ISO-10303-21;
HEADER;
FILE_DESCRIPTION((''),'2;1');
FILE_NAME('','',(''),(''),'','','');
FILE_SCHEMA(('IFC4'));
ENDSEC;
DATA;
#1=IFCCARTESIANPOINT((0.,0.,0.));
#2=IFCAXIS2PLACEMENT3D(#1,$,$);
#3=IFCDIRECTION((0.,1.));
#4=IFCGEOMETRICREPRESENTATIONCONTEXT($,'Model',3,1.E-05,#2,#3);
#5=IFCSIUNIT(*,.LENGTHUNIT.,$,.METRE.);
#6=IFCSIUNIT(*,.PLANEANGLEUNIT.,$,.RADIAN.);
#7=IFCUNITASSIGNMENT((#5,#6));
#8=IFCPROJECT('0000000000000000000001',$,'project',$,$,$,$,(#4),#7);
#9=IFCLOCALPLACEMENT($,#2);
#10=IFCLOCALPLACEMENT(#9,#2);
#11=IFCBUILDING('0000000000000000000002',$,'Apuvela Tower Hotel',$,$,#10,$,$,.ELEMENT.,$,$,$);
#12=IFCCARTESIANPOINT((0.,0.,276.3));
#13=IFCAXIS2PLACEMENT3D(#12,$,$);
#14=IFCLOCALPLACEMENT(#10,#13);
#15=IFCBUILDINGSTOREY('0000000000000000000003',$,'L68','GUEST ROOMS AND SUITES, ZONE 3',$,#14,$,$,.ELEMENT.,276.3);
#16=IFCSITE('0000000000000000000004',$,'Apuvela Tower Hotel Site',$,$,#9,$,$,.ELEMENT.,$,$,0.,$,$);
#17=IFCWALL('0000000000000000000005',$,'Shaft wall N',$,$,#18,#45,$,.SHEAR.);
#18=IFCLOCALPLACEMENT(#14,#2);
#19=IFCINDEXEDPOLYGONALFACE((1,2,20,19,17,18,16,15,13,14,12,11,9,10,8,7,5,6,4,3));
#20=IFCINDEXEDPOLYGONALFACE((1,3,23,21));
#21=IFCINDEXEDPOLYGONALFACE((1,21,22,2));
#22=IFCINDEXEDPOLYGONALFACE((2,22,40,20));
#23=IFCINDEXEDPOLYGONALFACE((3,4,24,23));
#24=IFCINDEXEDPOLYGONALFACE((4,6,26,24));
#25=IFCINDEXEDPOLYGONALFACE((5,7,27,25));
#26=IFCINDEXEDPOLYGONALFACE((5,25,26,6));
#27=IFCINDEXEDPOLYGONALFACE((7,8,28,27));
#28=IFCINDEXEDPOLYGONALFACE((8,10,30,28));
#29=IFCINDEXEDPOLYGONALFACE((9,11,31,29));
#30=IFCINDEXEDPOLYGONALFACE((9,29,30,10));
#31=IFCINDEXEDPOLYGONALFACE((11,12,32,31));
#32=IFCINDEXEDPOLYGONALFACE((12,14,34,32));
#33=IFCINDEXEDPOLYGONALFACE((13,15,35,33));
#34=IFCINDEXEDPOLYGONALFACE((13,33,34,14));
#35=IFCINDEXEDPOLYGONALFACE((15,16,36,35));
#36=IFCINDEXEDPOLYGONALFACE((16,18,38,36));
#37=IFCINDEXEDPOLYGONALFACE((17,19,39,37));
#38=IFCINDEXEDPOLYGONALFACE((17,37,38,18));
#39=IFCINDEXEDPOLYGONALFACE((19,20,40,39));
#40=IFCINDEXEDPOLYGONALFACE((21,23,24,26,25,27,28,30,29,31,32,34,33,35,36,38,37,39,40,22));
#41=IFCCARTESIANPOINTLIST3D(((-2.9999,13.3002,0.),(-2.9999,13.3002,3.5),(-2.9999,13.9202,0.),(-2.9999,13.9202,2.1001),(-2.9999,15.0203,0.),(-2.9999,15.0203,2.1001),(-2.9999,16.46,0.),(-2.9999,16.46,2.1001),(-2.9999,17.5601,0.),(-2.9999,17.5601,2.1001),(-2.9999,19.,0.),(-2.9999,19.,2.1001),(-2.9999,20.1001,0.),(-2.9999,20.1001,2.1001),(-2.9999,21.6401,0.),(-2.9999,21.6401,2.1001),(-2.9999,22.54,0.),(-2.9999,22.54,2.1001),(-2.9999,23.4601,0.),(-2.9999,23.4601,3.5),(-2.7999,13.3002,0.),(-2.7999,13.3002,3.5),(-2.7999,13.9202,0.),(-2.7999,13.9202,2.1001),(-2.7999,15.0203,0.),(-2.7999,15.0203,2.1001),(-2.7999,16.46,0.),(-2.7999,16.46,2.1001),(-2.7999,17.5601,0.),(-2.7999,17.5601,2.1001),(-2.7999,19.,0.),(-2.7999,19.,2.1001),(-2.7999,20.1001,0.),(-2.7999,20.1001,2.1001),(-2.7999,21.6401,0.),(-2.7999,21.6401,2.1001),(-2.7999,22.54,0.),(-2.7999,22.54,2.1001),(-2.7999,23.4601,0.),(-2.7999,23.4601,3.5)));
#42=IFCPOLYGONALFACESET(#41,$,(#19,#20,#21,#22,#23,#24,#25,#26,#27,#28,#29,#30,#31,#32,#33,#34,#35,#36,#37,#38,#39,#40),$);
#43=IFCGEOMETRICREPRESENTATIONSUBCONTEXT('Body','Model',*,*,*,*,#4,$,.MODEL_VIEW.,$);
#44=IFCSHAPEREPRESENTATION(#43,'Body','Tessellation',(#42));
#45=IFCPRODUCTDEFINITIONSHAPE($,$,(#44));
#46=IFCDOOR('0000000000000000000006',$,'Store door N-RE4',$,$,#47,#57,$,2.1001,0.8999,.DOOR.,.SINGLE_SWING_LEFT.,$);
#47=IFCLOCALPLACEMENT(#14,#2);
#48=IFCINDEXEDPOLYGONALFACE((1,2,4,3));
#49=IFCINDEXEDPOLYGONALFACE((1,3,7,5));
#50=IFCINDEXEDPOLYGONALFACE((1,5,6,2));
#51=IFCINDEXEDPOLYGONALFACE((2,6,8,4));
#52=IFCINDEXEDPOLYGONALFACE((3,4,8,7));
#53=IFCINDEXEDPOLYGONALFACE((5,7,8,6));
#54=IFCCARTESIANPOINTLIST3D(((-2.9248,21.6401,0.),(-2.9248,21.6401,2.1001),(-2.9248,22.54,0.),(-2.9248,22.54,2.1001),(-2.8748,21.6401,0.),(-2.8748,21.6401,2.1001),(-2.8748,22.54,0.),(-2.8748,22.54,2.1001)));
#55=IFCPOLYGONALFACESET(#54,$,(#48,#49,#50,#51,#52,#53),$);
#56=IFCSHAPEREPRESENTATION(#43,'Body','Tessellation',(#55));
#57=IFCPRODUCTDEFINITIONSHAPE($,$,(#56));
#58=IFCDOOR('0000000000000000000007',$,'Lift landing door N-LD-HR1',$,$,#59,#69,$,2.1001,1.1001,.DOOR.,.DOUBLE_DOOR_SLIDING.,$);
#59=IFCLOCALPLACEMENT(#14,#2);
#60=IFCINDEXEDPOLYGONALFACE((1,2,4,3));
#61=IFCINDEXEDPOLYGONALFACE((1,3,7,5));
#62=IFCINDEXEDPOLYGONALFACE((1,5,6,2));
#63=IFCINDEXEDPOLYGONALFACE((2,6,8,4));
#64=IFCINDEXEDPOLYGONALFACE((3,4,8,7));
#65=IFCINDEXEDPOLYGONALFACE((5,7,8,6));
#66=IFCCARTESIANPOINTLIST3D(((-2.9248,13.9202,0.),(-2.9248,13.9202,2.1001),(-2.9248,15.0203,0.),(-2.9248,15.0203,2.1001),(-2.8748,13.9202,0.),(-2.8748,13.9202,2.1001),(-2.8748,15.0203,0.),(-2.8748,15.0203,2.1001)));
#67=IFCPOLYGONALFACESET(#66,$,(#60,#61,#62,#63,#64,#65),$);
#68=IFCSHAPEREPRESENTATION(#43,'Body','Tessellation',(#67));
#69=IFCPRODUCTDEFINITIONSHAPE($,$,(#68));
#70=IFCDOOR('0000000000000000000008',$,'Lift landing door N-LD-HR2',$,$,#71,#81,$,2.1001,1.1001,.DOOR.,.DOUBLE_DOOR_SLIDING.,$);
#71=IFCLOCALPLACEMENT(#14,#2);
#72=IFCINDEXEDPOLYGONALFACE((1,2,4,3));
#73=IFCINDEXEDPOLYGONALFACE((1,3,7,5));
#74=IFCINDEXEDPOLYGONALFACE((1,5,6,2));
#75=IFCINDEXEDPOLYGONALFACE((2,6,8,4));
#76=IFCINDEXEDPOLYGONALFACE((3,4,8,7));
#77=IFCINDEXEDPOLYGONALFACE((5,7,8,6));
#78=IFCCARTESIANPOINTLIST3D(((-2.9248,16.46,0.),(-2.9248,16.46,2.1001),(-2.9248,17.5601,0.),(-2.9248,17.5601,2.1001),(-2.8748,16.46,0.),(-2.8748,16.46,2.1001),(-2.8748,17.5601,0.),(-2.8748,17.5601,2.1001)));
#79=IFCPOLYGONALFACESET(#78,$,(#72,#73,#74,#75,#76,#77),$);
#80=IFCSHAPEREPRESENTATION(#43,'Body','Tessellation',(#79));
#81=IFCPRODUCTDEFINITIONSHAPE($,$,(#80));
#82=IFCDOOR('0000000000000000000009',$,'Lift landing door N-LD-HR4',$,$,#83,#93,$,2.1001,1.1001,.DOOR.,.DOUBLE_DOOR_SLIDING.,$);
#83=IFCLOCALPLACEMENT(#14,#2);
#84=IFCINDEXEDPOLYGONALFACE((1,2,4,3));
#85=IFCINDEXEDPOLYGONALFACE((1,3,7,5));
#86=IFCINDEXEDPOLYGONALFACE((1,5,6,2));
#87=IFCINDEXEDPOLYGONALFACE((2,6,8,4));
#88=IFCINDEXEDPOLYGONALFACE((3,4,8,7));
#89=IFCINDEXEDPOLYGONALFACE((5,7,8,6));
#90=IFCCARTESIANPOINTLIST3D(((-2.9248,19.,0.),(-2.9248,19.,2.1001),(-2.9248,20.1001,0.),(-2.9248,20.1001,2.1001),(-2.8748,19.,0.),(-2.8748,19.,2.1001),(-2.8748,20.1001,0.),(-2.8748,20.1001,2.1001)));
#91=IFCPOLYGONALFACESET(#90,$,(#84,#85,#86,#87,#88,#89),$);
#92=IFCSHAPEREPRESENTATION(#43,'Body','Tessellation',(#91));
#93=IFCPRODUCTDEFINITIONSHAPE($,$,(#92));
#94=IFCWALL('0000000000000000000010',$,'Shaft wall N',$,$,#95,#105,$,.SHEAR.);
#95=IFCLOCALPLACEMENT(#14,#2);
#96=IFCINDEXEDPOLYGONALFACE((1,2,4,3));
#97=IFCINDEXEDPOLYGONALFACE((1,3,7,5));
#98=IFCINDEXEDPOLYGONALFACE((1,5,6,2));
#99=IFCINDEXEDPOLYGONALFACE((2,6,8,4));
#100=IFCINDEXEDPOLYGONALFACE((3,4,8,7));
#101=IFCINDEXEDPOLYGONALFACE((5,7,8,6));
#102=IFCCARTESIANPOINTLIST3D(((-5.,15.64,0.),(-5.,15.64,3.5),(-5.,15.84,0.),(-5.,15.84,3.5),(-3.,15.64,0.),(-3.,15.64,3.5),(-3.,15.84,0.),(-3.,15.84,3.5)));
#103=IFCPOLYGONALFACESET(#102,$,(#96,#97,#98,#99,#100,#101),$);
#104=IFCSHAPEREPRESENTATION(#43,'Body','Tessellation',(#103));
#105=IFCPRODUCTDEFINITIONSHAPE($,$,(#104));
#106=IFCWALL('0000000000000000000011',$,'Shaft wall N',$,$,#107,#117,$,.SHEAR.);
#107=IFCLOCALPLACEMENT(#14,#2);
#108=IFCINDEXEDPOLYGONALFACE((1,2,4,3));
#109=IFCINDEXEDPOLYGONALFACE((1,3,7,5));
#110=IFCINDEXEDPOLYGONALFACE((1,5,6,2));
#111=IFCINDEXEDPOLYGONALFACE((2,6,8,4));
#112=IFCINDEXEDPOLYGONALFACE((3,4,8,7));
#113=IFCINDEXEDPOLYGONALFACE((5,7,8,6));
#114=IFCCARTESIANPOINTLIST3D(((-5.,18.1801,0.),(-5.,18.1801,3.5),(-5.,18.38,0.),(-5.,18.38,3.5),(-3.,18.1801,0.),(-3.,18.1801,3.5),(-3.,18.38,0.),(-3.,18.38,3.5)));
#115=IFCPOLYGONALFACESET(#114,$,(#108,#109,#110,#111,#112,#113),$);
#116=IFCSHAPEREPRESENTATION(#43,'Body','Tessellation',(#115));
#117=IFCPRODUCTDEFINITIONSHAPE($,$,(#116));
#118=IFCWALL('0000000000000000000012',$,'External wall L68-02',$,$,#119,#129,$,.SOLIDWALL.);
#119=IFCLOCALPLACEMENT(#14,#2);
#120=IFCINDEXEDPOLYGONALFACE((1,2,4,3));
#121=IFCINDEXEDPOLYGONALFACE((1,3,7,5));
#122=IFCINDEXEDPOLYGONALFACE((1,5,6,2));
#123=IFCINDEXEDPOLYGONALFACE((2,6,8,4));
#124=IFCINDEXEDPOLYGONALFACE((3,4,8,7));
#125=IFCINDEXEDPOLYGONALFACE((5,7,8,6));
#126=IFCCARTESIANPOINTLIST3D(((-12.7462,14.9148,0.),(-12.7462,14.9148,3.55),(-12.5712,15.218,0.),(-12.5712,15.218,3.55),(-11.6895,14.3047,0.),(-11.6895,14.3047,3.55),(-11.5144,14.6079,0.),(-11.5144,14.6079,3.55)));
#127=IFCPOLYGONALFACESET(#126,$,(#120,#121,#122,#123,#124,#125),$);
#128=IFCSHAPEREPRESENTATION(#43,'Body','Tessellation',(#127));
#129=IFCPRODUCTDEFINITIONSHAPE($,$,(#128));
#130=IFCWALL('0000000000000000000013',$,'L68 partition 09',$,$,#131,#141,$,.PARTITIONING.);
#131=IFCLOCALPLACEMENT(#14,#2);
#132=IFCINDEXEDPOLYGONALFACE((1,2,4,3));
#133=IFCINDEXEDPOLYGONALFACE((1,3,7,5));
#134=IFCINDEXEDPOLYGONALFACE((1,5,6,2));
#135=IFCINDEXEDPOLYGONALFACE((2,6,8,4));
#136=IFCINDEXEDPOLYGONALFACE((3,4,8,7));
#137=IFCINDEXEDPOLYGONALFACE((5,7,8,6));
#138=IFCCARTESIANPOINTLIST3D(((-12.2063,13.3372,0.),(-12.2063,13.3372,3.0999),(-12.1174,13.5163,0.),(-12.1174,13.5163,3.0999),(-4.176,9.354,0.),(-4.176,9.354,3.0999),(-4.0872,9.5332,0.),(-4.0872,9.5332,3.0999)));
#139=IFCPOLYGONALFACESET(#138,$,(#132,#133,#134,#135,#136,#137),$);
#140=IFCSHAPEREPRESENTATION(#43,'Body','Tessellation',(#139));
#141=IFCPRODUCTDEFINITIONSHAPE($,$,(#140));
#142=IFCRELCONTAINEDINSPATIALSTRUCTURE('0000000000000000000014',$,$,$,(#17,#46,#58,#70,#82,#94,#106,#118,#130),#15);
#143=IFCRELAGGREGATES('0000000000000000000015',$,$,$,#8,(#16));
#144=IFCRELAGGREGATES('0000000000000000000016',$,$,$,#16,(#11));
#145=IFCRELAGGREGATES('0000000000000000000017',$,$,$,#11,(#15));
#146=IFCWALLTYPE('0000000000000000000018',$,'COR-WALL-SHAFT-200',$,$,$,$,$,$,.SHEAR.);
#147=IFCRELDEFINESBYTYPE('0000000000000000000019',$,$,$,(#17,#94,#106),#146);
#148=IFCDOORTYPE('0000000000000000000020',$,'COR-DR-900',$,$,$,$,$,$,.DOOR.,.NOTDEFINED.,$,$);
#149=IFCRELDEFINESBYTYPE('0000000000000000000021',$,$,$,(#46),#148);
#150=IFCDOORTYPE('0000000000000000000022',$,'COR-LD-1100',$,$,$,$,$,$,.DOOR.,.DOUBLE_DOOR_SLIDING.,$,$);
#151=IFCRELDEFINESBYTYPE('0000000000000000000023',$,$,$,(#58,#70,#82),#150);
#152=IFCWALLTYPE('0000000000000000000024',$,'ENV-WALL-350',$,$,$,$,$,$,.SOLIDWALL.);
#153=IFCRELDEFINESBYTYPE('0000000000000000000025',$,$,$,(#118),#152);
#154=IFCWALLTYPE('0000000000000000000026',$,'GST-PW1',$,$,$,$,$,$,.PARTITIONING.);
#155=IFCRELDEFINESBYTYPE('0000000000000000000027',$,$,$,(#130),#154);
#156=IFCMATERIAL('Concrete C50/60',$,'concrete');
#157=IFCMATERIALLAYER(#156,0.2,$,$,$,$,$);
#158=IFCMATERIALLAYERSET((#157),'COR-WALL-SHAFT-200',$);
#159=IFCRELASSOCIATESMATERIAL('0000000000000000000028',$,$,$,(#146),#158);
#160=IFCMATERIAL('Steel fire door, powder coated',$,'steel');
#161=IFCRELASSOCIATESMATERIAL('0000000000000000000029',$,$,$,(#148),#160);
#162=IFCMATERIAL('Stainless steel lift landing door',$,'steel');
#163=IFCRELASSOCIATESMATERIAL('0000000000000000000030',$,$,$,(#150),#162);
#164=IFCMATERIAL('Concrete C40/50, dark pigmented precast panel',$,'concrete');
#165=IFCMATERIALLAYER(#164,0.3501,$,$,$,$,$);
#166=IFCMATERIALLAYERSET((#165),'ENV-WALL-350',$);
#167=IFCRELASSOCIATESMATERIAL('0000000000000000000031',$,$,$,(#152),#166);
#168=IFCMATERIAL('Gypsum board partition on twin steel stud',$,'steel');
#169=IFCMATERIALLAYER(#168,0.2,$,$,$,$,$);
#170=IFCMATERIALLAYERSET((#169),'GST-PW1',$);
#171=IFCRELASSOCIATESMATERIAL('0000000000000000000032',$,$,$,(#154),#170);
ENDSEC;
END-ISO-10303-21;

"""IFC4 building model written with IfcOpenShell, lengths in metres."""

from ifc_helpers import new_model, si_unit, direction, frame, frame_2d, origin, place, context, subcontext, project, spatial, rectangle, extrude, material, layer, layer_set, type_object, element, fill, save


model = new_model("IFC4")

# Units and contexts
model_context = context("Model", 3, precision=1e-05, world=origin(), true_north=direction((0.0, 1.0)))
body_context = subcontext(model_context, "Body", "Model", "MODEL_VIEW")
ifc_project = project(units=[si_unit("LENGTHUNIT", "METRE"), si_unit("PLANEANGLEUNIT", "RADIAN")], contexts=[model_context])

# Site, building, storey
site_placement = place(None, origin())
site = spatial("IfcSite", under=ifc_project, at=site_placement, Name="Apuvela Tower Hotel Site", CompositionType="ELEMENT", RefElevation=0.0)
building_placement = place(site_placement, origin())
building = spatial("IfcBuilding", under=site, at=building_placement, Name="Apuvela Tower Hotel", CompositionType="ELEMENT")
storey_placement = place(building_placement, frame((0.0, 0.0, 276.3)))
storey = spatial("IfcBuildingStorey", under=building, at=storey_placement, Name="L68", Description="GUEST ROOMS AND SUITES, ZONE 3", CompositionType="ELEMENT", Elevation=276.3)

# Shared definitions
ifc_material_1 = material(Name="Concrete C50/60", Category="concrete")
ifc_layer_1 = layer(ifc_material_1, 0.2)
ifc_layer_set_1 = layer_set([ifc_layer_1], Name="COR-WALL-SHAFT-200")
wall_type_1 = type_object("IfcWallType", Name="COR-WALL-SHAFT-200", PredefinedType="SHEAR", material=ifc_layer_set_1)

# Wall, openings, doors
wall_1_placement = place(storey_placement, frame((-2.8999, 13.3, 0.0), z_axis=(0.0, 0.0, 1.0), x_axis=(0.0, 1.0, 0.0)))
wall_1 = element("IfcWall", 1, at=wall_1_placement, inside=storey, type_object=wall_type_1, Name="Shaft wall N", PredefinedType="SHEAR", context=body_context, shape_type="SweptSolid", body=[
    extrude(rectangle(XDim=10.1599, YDim=0.2, at=frame_2d((5.0801, 0.0))), origin(), (0.0, 0.0, 1.0), 3.5),
])
opening_1_placement = place(wall_1_placement, frame((0.6201, 0.0, 0.0)))
opening_1 = element("IfcOpeningElement", 2, at=opening_1_placement, cuts=wall_1, PredefinedType="OPENING", context=body_context, shape_type="SweptSolid", body=[
    extrude(rectangle(XDim=1.1001, YDim=2.1001, at=frame_2d((0.55, 1.05))), frame((0.0, 0.1099, 0.0), z_axis=(0.0, -1.0, 0.0), x_axis=(1.0, 0.0, 0.0)), (0.0, 0.0, 1.0), 0.22),
])
opening_2_placement = place(wall_1_placement, frame((3.1599, 0.0, 0.0)))
opening_2 = element("IfcOpeningElement", 3, at=opening_2_placement, cuts=wall_1, PredefinedType="OPENING", context=body_context, shape_type="SweptSolid", body=[
    extrude(rectangle(XDim=1.1001, YDim=2.1001, at=frame_2d((0.55, 1.05))), frame((0.0, 0.1099, 0.0), z_axis=(0.0, -1.0, 0.0), x_axis=(1.0, 0.0, 0.0)), (0.0, 0.0, 1.0), 0.22),
])
opening_3_placement = place(wall_1_placement, frame((5.7, 0.0, 0.0)))
opening_3 = element("IfcOpeningElement", 4, at=opening_3_placement, cuts=wall_1, PredefinedType="OPENING", context=body_context, shape_type="SweptSolid", body=[
    extrude(rectangle(XDim=1.1001, YDim=2.1001, at=frame_2d((0.55, 1.05))), frame((0.0, 0.1099, 0.0), z_axis=(0.0, -1.0, 0.0), x_axis=(1.0, 0.0, 0.0)), (0.0, 0.0, 1.0), 0.22),
])
opening_4_placement = place(wall_1_placement, frame((8.3401, 0.0, 0.0)))
opening_4 = element("IfcOpeningElement", 5, at=opening_4_placement, cuts=wall_1, PredefinedType="OPENING", context=body_context, shape_type="SweptSolid", body=[
    extrude(rectangle(XDim=0.8999, YDim=2.1001, at=frame_2d((0.45, 1.05))), frame((0.0, 0.1099, 0.0), z_axis=(0.0, -1.0, 0.0), x_axis=(1.0, 0.0, 0.0)), (0.0, 0.0, 1.0), 0.22),
])
ifc_material_2 = material(Name="Steel fire door, powder coated", Category="steel")
door_type_1 = type_object("IfcDoorType", Name="COR-DR-900", OperationType="NOTDEFINED", PredefinedType="DOOR", material=ifc_material_2)
door_1_placement = place(opening_4_placement, origin())
door_1 = element("IfcDoor", 6, at=door_1_placement, inside=storey, type_object=door_type_1, Name="Store door N-RE4", OperationType="SINGLE_SWING_LEFT", OverallHeight=2.1001, OverallWidth=0.8999, PredefinedType="DOOR", context=body_context, shape_type="SweptSolid", body=[
    extrude(rectangle(XDim=0.8999, YDim=2.1001, at=frame_2d((0.45, 1.05))), frame((0.0, 0.0249, 0.0), z_axis=(0.0, -1.0, 0.0), x_axis=(1.0, 0.0, 0.0)), (0.0, 0.0, 1.0), 0.05),
])
fill(opening_4, door_1)
ifc_material_3 = material(Name="Stainless steel lift landing door", Category="steel")
door_type_2 = type_object("IfcDoorType", Name="COR-LD-1100", OperationType="DOUBLE_DOOR_SLIDING", PredefinedType="DOOR", material=ifc_material_3)
door_2_placement = place(opening_1_placement, origin())
door_2 = element("IfcDoor", 7, at=door_2_placement, inside=storey, type_object=door_type_2, Name="Lift landing door N-LD-HR1", OperationType="DOUBLE_DOOR_SLIDING", OverallHeight=2.1001, OverallWidth=1.1001, PredefinedType="DOOR", context=body_context, shape_type="SweptSolid", body=[
    extrude(rectangle(XDim=1.1001, YDim=2.1001, at=frame_2d((0.55, 1.05))), frame((0.0, 0.0249, 0.0), z_axis=(0.0, -1.0, 0.0), x_axis=(1.0, 0.0, 0.0)), (0.0, 0.0, 1.0), 0.05),
])
fill(opening_1, door_2)
door_3_placement = place(opening_2_placement, origin())
door_3 = element("IfcDoor", 8, at=door_3_placement, inside=storey, type_object=door_type_2, Name="Lift landing door N-LD-HR2", OperationType="DOUBLE_DOOR_SLIDING", OverallHeight=2.1001, OverallWidth=1.1001, PredefinedType="DOOR", context=body_context, shape_type="SweptSolid", body=[
    extrude(rectangle(XDim=1.1001, YDim=2.1001, at=frame_2d((0.55, 1.05))), frame((0.0, 0.0249, 0.0), z_axis=(0.0, -1.0, 0.0), x_axis=(1.0, 0.0, 0.0)), (0.0, 0.0, 1.0), 0.05),
])
fill(opening_2, door_3)
door_4_placement = place(opening_3_placement, origin())
door_4 = element("IfcDoor", 9, at=door_4_placement, inside=storey, type_object=door_type_2, Name="Lift landing door N-LD-HR4", OperationType="DOUBLE_DOOR_SLIDING", OverallHeight=2.1001, OverallWidth=1.1001, PredefinedType="DOOR", context=body_context, shape_type="SweptSolid", body=[
    extrude(rectangle(XDim=1.1001, YDim=2.1001, at=frame_2d((0.55, 1.05))), frame((0.0, 0.0249, 0.0), z_axis=(0.0, -1.0, 0.0), x_axis=(1.0, 0.0, 0.0)), (0.0, 0.0, 1.0), 0.05),
])
fill(opening_3, door_4)

# Walls
for number, where, z_axis, x_axis, name in (
    (10, (-3.0, 15.74, 0.0), (0.0, 0.0, 1.0), (-1.0, 0.0, 0.0), "Shaft wall N"),
    (11, (-3.0, 18.28, 0.0), (0.0, 0.0, 1.0), (-1.0, 0.0, 0.0), "Shaft wall N"),
):
    element("IfcWall", number, at=place(storey_placement, frame(where, z_axis=z_axis, x_axis=x_axis)), inside=storey, type_object=wall_type_1, Name=name, PredefinedType="SHEAR", context=body_context, shape_type="SweptSolid", body=[
        extrude(rectangle(XDim=2.0, YDim=0.2, at=frame_2d((1.0, 0.0))), origin(), (0.0, 0.0, 1.0), 3.5),
    ])
ifc_material_4 = material(Name="Concrete C40/50, dark pigmented precast panel", Category="concrete")
ifc_layer_2 = layer(ifc_material_4, 0.3501)
ifc_layer_set_2 = layer_set([ifc_layer_2], Name="ENV-WALL-350")
wall_type_2 = type_object("IfcWallType", Name="ENV-WALL-350", PredefinedType="SOLIDWALL", material=ifc_layer_set_2)
wall_2_placement = place(storey_placement, frame((-12.6587, 15.0664, 0.0), z_axis=(0.0, 0.0, 1.0), x_axis=(0.866006, -0.500034, 0.0)))
element("IfcWall", 12, at=wall_2_placement, inside=storey, type_object=wall_type_2, Name="External wall L68-02", PredefinedType="SOLIDWALL", context=body_context, shape_type="SweptSolid", body=[
    extrude(rectangle(XDim=1.2202, YDim=0.3501, at=frame_2d((0.6101, 0.0))), origin(), (0.0, 0.0, 1.0), 3.55),
])

# Wall
ifc_material_5 = material(Name="Gypsum board partition on twin steel stud", Category="steel")
ifc_layer_3 = layer(ifc_material_5, 0.2)
ifc_layer_set_3 = layer_set([ifc_layer_3], Name="GST-PW1")
wall_type_3 = type_object("IfcWallType", Name="GST-PW1", PredefinedType="PARTITIONING", material=ifc_layer_set_3)
wall_3_placement = place(storey_placement, frame((-12.1619, 13.4268, 0.0), z_axis=(0.0, 0.0, 1.0), x_axis=(0.89585, -0.444357, 0.0)))
element("IfcWall", 13, at=wall_3_placement, inside=storey, type_object=wall_type_3, Name="L68 partition 09", PredefinedType="PARTITIONING", context=body_context, shape_type="SweptSolid", body=[
    extrude(rectangle(XDim=8.9639, YDim=0.2, at=frame_2d((4.4819, 0.0))), origin(), (0.0, 0.0, 1.0), 3.0999),
])

save(model, "model.ifc")
